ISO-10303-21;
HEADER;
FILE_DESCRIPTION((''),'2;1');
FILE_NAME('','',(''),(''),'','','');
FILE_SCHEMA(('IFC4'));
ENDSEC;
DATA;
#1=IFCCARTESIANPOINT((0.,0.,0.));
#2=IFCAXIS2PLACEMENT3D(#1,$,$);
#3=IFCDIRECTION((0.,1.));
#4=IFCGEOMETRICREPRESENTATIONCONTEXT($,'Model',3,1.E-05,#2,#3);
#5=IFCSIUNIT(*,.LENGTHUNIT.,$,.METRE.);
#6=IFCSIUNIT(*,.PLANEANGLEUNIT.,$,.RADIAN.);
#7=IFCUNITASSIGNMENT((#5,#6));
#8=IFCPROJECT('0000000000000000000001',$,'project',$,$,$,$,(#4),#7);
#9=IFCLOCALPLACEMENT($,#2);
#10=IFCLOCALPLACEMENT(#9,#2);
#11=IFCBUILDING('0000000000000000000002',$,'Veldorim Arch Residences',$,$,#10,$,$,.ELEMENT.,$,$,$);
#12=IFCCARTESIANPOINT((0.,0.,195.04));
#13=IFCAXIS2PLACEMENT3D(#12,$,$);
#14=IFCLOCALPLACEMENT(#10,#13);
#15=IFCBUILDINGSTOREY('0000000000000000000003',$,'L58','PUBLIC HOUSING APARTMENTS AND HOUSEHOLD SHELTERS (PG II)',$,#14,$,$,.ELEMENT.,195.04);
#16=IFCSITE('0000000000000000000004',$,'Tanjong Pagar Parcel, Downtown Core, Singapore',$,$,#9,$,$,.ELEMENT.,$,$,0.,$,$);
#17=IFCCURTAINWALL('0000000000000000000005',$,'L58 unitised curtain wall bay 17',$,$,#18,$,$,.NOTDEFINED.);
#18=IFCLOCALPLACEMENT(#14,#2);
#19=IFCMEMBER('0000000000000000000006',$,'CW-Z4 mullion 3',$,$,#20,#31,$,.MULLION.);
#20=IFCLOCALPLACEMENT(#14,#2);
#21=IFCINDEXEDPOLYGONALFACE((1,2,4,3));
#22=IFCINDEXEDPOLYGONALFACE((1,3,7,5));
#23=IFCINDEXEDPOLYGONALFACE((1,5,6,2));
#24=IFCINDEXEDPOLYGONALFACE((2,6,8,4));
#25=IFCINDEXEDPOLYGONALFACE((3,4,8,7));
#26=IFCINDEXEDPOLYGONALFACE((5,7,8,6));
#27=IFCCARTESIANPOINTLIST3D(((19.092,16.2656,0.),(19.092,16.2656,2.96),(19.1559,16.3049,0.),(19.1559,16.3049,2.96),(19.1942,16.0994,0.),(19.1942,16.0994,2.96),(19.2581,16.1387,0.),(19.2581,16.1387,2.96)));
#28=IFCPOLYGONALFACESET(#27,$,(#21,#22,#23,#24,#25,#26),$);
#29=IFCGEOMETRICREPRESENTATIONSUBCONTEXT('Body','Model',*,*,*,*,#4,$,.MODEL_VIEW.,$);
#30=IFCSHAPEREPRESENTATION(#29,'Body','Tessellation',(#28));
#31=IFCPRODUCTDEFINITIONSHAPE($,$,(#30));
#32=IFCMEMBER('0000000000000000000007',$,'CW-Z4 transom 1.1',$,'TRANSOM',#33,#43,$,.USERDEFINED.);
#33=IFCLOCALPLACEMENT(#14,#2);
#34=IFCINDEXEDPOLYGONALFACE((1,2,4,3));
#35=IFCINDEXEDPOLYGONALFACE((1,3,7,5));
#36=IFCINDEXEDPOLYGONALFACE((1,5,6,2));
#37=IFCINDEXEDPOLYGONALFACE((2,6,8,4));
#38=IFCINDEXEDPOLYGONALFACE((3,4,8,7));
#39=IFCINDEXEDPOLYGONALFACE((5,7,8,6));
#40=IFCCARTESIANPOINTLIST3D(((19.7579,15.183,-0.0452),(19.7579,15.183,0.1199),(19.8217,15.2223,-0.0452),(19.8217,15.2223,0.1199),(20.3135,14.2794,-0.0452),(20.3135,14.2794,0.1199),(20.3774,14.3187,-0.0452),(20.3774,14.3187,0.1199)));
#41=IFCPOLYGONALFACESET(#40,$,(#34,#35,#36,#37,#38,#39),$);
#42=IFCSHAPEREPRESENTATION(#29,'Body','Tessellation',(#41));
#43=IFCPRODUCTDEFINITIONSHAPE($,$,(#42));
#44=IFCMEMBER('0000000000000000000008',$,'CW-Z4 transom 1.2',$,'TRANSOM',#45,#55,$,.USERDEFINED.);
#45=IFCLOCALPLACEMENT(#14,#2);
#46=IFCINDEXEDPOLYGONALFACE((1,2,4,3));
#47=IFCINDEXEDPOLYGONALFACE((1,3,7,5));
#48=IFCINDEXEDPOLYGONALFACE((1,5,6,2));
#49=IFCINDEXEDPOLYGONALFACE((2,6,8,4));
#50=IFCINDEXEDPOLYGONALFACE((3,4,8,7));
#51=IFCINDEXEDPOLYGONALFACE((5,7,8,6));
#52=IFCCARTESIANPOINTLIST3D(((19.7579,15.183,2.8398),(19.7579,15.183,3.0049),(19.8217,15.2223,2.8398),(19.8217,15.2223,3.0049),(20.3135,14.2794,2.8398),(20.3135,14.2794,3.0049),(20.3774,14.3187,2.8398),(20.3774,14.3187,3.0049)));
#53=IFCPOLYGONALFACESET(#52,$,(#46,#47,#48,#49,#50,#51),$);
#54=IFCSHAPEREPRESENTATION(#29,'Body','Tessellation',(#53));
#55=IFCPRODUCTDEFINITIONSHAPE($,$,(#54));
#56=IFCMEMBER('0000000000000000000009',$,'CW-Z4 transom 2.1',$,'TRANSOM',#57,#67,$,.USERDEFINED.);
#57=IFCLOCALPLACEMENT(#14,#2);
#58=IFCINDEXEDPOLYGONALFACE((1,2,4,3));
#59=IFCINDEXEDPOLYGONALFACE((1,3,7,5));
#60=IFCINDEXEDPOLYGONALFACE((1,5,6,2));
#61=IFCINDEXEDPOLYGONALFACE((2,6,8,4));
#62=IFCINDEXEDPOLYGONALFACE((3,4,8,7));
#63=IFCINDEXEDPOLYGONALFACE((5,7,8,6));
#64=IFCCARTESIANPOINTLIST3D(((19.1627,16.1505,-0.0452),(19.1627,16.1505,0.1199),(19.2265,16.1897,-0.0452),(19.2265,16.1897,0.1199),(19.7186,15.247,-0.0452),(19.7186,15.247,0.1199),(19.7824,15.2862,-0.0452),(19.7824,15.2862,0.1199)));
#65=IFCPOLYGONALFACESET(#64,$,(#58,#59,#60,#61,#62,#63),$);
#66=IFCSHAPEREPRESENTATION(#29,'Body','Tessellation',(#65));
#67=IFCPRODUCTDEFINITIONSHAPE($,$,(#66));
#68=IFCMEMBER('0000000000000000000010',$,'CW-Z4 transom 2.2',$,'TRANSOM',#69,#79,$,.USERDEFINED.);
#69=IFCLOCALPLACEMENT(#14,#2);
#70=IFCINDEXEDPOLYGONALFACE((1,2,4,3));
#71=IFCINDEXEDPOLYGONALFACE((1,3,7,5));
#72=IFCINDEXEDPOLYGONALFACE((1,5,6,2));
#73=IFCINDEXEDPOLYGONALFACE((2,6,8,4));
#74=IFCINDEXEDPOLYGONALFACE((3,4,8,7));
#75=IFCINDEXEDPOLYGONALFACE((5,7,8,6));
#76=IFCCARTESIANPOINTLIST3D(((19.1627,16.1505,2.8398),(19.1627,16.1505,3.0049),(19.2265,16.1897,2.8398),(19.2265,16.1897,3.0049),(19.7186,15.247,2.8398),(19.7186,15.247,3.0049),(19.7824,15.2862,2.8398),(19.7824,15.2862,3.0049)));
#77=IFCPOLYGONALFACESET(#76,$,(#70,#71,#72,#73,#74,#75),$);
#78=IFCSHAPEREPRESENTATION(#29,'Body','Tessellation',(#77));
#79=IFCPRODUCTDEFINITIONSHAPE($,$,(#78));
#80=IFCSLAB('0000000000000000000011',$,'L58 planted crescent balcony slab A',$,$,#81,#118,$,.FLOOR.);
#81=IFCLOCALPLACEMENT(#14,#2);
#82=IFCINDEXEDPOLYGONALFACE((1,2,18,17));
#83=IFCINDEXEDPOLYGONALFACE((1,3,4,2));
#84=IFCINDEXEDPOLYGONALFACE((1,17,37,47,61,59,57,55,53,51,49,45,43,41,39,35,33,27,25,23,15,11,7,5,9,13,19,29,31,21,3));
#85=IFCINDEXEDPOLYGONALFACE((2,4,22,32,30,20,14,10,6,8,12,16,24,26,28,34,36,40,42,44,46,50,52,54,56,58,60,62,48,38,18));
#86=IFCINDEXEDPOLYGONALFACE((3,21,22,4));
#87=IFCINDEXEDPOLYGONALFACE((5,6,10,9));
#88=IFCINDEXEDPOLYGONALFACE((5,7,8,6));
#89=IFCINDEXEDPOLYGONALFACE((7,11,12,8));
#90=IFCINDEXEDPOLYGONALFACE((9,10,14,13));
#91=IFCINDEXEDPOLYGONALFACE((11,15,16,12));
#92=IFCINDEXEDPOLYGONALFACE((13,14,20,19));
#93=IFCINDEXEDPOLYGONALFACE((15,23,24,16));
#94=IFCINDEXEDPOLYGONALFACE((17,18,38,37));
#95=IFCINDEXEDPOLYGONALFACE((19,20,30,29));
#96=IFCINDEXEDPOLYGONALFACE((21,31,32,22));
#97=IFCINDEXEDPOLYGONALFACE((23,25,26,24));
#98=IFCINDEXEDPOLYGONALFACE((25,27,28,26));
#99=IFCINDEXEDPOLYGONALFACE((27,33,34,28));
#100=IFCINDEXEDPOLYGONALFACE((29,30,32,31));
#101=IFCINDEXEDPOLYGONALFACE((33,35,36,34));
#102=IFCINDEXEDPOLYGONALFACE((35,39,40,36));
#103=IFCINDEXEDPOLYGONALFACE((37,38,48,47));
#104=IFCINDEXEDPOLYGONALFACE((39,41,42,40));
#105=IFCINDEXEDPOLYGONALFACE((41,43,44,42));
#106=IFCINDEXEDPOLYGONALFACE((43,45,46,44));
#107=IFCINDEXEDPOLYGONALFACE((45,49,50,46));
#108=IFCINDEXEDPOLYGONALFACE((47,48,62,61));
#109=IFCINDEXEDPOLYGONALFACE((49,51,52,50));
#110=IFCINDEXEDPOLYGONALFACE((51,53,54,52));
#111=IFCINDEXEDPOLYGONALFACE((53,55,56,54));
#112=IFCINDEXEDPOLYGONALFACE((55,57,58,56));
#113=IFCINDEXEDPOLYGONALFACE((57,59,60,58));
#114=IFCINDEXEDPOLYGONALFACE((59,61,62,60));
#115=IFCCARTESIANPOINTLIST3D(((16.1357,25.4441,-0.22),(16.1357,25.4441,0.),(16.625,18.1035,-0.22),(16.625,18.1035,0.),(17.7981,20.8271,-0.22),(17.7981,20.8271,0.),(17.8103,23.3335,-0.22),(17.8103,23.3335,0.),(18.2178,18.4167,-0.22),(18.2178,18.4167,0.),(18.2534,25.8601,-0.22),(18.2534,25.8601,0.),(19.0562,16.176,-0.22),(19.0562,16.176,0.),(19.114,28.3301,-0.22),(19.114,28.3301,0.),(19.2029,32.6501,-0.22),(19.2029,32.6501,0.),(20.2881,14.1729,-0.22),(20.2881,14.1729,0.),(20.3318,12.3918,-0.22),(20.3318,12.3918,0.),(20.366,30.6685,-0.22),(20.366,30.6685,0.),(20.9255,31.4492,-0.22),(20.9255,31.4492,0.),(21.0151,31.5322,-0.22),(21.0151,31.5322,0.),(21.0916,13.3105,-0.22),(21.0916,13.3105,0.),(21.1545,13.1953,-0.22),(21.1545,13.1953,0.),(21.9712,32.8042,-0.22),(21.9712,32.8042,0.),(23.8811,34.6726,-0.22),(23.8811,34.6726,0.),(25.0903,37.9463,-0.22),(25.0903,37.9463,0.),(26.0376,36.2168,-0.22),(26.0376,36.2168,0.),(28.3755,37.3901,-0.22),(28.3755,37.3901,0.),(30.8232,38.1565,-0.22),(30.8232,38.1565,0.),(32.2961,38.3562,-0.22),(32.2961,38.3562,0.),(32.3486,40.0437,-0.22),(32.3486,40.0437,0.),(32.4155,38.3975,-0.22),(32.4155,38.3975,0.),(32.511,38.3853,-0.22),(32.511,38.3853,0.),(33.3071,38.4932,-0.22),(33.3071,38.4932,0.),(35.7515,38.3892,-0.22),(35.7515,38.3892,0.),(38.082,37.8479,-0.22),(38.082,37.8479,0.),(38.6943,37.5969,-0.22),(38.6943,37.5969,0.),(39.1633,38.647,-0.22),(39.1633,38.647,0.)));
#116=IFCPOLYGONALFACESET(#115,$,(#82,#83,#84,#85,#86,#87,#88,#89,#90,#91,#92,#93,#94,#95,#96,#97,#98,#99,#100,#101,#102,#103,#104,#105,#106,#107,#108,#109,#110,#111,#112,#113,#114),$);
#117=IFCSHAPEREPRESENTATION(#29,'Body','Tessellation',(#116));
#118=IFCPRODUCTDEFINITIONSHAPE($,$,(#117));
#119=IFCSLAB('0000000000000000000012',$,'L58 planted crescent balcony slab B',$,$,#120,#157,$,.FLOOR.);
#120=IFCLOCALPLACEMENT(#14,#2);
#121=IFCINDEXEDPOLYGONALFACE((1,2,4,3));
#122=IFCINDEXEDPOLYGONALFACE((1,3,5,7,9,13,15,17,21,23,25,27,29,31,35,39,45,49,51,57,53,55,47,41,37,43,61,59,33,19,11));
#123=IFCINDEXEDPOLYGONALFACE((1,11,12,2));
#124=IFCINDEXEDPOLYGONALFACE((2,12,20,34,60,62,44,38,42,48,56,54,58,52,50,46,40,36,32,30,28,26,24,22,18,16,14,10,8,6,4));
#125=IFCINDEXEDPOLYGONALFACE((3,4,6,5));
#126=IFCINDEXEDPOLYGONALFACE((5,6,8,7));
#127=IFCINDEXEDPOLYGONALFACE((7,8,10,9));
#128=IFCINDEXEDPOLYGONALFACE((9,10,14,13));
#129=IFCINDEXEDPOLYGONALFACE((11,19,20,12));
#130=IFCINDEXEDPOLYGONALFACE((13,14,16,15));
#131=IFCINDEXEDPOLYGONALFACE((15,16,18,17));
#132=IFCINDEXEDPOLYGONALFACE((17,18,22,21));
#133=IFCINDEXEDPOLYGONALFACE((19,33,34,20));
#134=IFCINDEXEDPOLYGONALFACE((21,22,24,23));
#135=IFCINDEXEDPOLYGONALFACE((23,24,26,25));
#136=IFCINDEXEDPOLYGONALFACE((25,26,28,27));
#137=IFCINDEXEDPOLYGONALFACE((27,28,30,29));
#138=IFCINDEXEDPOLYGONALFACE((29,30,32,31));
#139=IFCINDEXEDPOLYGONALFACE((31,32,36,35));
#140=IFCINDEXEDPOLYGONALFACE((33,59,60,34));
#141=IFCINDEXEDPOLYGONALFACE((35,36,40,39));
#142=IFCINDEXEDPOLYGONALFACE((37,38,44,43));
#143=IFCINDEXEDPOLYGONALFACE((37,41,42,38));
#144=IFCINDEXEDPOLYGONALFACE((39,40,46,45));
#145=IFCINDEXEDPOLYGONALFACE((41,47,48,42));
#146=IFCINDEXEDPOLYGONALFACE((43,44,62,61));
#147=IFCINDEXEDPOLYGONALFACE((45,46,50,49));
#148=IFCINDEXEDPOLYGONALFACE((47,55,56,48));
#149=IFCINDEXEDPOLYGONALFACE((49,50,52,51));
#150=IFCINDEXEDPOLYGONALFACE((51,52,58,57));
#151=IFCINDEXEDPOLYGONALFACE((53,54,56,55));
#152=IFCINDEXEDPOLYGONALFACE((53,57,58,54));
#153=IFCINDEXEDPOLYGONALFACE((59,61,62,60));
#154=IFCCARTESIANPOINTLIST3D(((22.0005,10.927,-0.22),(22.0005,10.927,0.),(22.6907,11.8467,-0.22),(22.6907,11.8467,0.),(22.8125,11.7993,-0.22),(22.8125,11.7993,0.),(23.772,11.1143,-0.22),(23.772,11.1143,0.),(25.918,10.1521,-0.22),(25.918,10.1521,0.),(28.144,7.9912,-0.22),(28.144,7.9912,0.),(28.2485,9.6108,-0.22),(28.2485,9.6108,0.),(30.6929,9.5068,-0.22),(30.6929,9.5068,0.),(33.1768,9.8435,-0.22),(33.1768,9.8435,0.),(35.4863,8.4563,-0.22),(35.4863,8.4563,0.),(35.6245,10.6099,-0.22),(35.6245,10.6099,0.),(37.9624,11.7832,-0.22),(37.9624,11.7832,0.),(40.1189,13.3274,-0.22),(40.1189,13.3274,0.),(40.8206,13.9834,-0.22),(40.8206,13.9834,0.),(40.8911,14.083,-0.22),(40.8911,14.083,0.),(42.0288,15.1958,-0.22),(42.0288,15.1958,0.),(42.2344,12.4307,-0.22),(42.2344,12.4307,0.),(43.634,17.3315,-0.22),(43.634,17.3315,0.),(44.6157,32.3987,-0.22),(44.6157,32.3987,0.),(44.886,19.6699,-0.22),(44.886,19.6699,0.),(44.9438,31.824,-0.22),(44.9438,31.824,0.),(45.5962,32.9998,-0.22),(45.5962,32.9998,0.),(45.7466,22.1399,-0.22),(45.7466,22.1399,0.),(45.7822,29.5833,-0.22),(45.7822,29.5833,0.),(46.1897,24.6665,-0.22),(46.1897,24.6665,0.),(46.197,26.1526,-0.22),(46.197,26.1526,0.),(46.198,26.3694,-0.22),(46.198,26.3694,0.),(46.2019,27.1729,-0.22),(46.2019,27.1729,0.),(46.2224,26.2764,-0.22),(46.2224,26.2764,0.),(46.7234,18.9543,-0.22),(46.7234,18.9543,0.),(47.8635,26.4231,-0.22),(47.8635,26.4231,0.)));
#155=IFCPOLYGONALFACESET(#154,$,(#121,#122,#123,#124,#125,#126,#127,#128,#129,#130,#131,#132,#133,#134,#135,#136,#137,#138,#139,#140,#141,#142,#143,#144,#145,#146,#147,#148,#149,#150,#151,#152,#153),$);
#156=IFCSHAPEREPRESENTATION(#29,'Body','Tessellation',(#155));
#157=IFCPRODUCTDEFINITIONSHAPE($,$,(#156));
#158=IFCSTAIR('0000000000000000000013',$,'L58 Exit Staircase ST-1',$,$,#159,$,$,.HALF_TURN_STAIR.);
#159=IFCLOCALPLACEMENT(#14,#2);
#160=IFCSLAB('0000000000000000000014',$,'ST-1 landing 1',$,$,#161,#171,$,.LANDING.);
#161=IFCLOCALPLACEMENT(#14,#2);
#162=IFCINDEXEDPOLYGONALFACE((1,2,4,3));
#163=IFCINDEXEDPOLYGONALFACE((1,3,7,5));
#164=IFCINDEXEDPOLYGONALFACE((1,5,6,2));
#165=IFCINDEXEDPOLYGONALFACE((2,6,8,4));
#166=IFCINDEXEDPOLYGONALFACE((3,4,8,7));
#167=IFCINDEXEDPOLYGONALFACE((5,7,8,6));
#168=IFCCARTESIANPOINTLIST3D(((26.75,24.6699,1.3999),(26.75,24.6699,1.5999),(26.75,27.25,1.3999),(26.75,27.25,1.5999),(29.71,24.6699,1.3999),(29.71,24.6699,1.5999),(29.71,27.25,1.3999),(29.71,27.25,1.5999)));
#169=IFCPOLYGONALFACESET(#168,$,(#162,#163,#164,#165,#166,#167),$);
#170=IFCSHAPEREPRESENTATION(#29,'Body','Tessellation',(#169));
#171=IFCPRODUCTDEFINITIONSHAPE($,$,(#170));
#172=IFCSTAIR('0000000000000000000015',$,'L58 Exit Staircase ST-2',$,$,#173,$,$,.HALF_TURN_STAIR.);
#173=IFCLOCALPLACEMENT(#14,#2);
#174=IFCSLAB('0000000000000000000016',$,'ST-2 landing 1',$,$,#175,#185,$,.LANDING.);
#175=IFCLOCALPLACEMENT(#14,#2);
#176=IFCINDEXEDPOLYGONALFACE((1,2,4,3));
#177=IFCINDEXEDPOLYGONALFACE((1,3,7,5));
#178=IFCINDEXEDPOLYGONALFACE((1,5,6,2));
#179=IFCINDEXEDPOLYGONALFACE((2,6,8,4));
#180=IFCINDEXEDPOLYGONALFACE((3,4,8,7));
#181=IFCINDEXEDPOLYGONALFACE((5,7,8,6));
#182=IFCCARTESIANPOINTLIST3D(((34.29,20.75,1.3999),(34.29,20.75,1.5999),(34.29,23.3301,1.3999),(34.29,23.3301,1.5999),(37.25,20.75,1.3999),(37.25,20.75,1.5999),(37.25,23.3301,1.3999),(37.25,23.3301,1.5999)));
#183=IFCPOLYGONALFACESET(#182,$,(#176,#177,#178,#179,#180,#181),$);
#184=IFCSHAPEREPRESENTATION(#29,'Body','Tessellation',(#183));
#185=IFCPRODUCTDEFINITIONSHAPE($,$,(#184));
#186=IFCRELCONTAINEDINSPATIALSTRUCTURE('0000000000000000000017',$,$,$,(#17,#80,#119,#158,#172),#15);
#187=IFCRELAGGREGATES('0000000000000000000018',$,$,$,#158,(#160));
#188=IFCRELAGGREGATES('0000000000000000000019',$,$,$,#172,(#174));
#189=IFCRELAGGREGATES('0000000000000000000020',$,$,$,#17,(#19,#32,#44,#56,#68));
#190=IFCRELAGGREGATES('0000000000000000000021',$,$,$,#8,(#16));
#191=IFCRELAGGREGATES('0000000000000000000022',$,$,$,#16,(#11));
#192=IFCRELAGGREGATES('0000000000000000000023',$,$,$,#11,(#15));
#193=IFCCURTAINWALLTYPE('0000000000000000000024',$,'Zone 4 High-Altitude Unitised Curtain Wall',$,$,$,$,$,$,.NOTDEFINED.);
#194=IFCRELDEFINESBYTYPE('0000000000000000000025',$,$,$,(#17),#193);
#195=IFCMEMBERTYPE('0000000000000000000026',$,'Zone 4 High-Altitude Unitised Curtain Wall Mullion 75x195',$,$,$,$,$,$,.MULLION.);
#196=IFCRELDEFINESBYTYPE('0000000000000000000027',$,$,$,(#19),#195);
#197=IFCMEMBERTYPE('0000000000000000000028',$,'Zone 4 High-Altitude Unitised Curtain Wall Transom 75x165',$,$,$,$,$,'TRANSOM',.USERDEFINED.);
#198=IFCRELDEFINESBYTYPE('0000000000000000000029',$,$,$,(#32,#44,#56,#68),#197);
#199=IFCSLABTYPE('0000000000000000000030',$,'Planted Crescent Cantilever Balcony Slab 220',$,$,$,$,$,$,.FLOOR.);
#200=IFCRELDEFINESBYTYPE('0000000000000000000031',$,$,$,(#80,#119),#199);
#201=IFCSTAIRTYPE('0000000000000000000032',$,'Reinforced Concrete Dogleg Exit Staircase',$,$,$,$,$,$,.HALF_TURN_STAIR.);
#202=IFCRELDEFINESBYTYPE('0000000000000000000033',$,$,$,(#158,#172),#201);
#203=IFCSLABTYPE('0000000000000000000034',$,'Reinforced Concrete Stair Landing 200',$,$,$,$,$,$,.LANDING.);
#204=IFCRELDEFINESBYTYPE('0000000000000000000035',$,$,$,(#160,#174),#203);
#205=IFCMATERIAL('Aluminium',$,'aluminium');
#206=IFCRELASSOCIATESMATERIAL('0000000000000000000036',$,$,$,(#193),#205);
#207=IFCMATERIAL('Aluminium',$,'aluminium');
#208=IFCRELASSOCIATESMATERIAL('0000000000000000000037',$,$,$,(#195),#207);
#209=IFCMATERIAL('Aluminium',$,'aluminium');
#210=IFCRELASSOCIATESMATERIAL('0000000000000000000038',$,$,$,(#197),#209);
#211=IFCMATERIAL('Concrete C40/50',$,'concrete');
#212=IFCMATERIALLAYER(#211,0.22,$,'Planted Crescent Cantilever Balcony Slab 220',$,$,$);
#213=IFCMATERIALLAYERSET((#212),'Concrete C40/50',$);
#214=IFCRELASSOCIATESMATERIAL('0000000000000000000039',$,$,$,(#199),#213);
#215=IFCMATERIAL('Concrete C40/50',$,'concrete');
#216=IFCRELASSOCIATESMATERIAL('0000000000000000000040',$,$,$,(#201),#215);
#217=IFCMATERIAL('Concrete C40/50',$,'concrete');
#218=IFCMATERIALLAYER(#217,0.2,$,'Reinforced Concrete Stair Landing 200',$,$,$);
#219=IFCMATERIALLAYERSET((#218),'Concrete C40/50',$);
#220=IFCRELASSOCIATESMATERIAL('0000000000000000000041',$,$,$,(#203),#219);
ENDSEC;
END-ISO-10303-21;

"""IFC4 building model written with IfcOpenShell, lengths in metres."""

from ifc_helpers import new_model, si_unit, direction, frame, origin, origin_2d, place, context, subcontext, project, spatial, polyline, rectangle, outline, extrude, material, layer, layer_set, material_profile, profile_set, type_object, element, aggregate, save


model = new_model("IFC4")

# Units and contexts
model_context = context("Model", 3, precision=1e-05, world=origin(), true_north=direction((0.0, 1.0)))
body_context = subcontext(model_context, "Body", "Model", "MODEL_VIEW")
ifc_project = project(units=[si_unit("LENGTHUNIT", "METRE"), si_unit("PLANEANGLEUNIT", "RADIAN")], contexts=[model_context])

# Site, building, storey
site_placement = place(None, origin())
site = spatial("IfcSite", under=ifc_project, at=site_placement, Name="Tanjong Pagar Parcel, Downtown Core, Singapore", CompositionType="ELEMENT", RefElevation=0.0)
building_placement = place(site_placement, origin())
building = spatial("IfcBuilding", under=site, at=building_placement, Name="Veldorim Arch Residences", CompositionType="ELEMENT")
storey_placement = place(building_placement, frame((0.0, 0.0, 195.04)))
storey = spatial("IfcBuildingStorey", under=building, at=storey_placement, Name="L58", Description="PUBLIC HOUSING APARTMENTS AND HOUSEHOLD SHELTERS (PG II)", CompositionType="ELEMENT", Elevation=195.04)

# Curtain wall, members
ifc_material_1 = material(Name="Aluminium", Category="aluminium")
curtain_wall_type = type_object("IfcCurtainWallType", Name="Zone 4 High-Altitude Unitised Curtain Wall", PredefinedType="NOTDEFINED", material=ifc_material_1)
curtain_wall_placement = place(storey_placement, origin())
curtain_wall = element("IfcCurtainWall", 1, at=curtain_wall_placement, inside=storey, type_object=curtain_wall_type, Name="L58 unitised curtain wall bay 17", PredefinedType="NOTDEFINED")
ifc_material_2 = material(Name="Aluminium", Category="aluminium")
ifc_material_profile_1 = material_profile(ifc_material_2, rectangle(XDim=0.075, YDim=0.1951, at=origin_2d()), Name="ALU_MUL_75x195")
ifc_profile_set_1 = profile_set([ifc_material_profile_1], Name="Aluminium")
member_type_1 = type_object("IfcMemberType", Name="Zone 4 High-Altitude Unitised Curtain Wall Mullion 75x195", PredefinedType="MULLION", material=ifc_profile_set_1)
member_1_placement = place(storey_placement, frame((19.175, 16.2021, 0.0), z_axis=(0.0, 0.0, 1.0), x_axis=(-0.851802, -0.523864, 0.0)))
member_1 = element("IfcMember", 2, at=member_1_placement, type_object=member_type_1, Name="CW-Z4 mullion 3", PredefinedType="MULLION", context=body_context, shape_type="SweptSolid", body=[
    extrude(rectangle(XDim=0.075, YDim=0.1951, at=origin_2d()), origin(), (0.0, 0.0, 1.0), 2.96),
])
ifc_material_3 = material(Name="Aluminium", Category="aluminium")
ifc_material_profile_2 = material_profile(ifc_material_3, rectangle(XDim=0.075, YDim=0.165, at=origin_2d()), Name="ALU_TRN_75x165")
ifc_profile_set_2 = profile_set([ifc_material_profile_2], Name="Aluminium")
member_type_2 = type_object("IfcMemberType", Name="Zone 4 High-Altitude Unitised Curtain Wall Transom 75x165", ElementType="TRANSOM", PredefinedType="USERDEFINED", material=ifc_profile_set_2)
member_2_placement = place(storey_placement, frame((20.3455, 14.2991, 0.0374), z_axis=(-0.523841, 0.851816, 0.0), x_axis=(-0.851816, -0.523841, 0.0)))
member_2 = element("IfcMember", 3, at=member_2_placement, type_object=member_type_2, Name="CW-Z4 transom 1.1", ObjectType="TRANSOM", PredefinedType="USERDEFINED", context=body_context, shape_type="SweptSolid", body=[
    extrude(rectangle(XDim=0.075, YDim=0.165, at=origin_2d()), origin(), (0.0, 0.0, 1.0), 1.0608),
])
member_3_placement = place(storey_placement, frame((20.3455, 14.2991, 2.9224), z_axis=(-0.523841, 0.851816, 0.0), x_axis=(-0.851816, -0.523841, 0.0)))
member_3 = element("IfcMember", 4, at=member_3_placement, type_object=member_type_2, Name="CW-Z4 transom 1.2", ObjectType="TRANSOM", PredefinedType="USERDEFINED", context=body_context, shape_type="SweptSolid", body=[
    extrude(rectangle(XDim=0.075, YDim=0.165, at=origin_2d()), origin(), (0.0, 0.0, 1.0), 1.0608),
])
member_4_placement = place(storey_placement, frame((19.7505, 15.2666, 0.0374), z_axis=(-0.524008, 0.851714, 0.0), x_axis=(-0.851714, -0.524008, 0.0)))
member_4 = element("IfcMember", 5, at=member_4_placement, type_object=member_type_2, Name="CW-Z4 transom 2.1", ObjectType="TRANSOM", PredefinedType="USERDEFINED", context=body_context, shape_type="SweptSolid", body=[
    extrude(rectangle(XDim=0.075, YDim=0.165, at=origin_2d()), origin(), (0.0, 0.0, 1.0), 1.0608),
])
member_5_placement = place(storey_placement, frame((19.7505, 15.2666, 2.9224), z_axis=(-0.524008, 0.851714, 0.0), x_axis=(-0.851714, -0.524008, 0.0)))
member_5 = element("IfcMember", 6, at=member_5_placement, type_object=member_type_2, Name="CW-Z4 transom 2.2", ObjectType="TRANSOM", PredefinedType="USERDEFINED", context=body_context, shape_type="SweptSolid", body=[
    extrude(rectangle(XDim=0.075, YDim=0.165, at=origin_2d()), origin(), (0.0, 0.0, 1.0), 1.0608),
])

# Slabs
ifc_material_4 = material(Name="Concrete C40/50", Category="concrete")
ifc_layer_1 = layer(ifc_material_4, 0.22, Name="Planted Crescent Cantilever Balcony Slab 220")
ifc_layer_set_1 = layer_set([ifc_layer_1], Name="Concrete C40/50")
slab_type_1 = type_object("IfcSlabType", Name="Planted Crescent Cantilever Balcony Slab 220", PredefinedType="FLOOR", material=ifc_layer_set_1)
slab_1_placement = place(storey_placement, frame((0.0, 0.0, -0.22)))
element("IfcSlab", 7, at=slab_1_placement, inside=storey, type_object=slab_type_1, Name="L58 planted crescent balcony slab A", PredefinedType="FLOOR", context=body_context, shape_type="SweptSolid", body=[
    extrude(outline(polyline([(38.6943, 37.5969), (38.082, 37.8479), (35.7515, 38.3892), (33.3071, 38.4932), (32.511, 38.3853), (32.4155, 38.3975), (32.2961, 38.3562), (30.8232, 38.1565), (28.3755, 37.3901), (26.0376, 36.2168), (23.8811, 34.6726), (21.9712, 32.8042), (21.0151, 31.5322), (20.9255, 31.4492), (20.366, 30.6685), (19.114, 28.3301), (18.2534, 25.8601), (17.8103, 23.3335), (17.7981, 20.8271), (18.2178, 18.4167), (19.0562, 16.176), (20.2881, 14.1729), (21.0916, 13.3105), (21.1545, 13.1953), (20.3318, 12.3918), (16.625, 18.1035), (16.1357, 25.4441), (19.2029, 32.6501), (25.0903, 37.9463), (32.3486, 40.0437), (39.1633, 38.647), (38.6943, 37.5969)])), origin(), (0.0, 0.0, 1.0), 0.22),
])
slab_2_placement = place(storey_placement, frame((0.0, 0.0, -0.22)))
element("IfcSlab", 8, at=slab_2_placement, inside=storey, type_object=slab_type_1, Name="L58 planted crescent balcony slab B", PredefinedType="FLOOR", context=body_context, shape_type="SweptSolid", body=[
    extrude(outline(polyline([(22.8125, 11.7993), (23.772, 11.1143), (25.918, 10.1521), (28.2485, 9.6108), (30.6929, 9.5068), (33.1768, 9.8435), (35.6245, 10.6099), (37.9624, 11.7832), (40.1189, 13.3274), (40.8206, 13.9834), (40.8911, 14.083), (42.0288, 15.1958), (43.634, 17.3315), (44.886, 19.6699), (45.7466, 22.1399), (46.1897, 24.6665), (46.197, 26.1526), (46.2224, 26.2764), (46.198, 26.3694), (46.2019, 27.1729), (45.7822, 29.5833), (44.9438, 31.824), (44.6157, 32.3987), (45.5962, 32.9998), (47.8635, 26.4231), (46.7234, 18.9543), (42.2344, 12.4307), (35.4863, 8.4563), (28.144, 7.9912), (22.0005, 10.927), (22.6907, 11.8467), (22.8125, 11.7993)])), origin(), (0.0, 0.0, 1.0), 0.22),
])

# Stairs, slabs
ifc_material_5 = material(Name="Concrete C40/50", Category="concrete")
stair_type = type_object("IfcStairType", Name="Reinforced Concrete Dogleg Exit Staircase", PredefinedType="HALF_TURN_STAIR", material=ifc_material_5)
stair_1_placement = place(storey_placement, origin())
stair_1 = element("IfcStair", 9, at=stair_1_placement, inside=storey, type_object=stair_type, Name="L58 Exit Staircase ST-1", PredefinedType="HALF_TURN_STAIR")
ifc_material_6 = material(Name="Concrete C40/50", Category="concrete")
ifc_layer_2 = layer(ifc_material_6, 0.2, Name="Reinforced Concrete Stair Landing 200")
ifc_layer_set_2 = layer_set([ifc_layer_2], Name="Concrete C40/50")
slab_type_2 = type_object("IfcSlabType", Name="Reinforced Concrete Stair Landing 200", PredefinedType="LANDING", material=ifc_layer_set_2)
slab_3_placement = place(storey_placement, frame((0.0, 0.0, 1.3999)))
slab_3 = element("IfcSlab", 10, at=slab_3_placement, type_object=slab_type_2, Name="ST-1 landing 1", PredefinedType="LANDING", context=body_context, shape_type="SweptSolid", body=[
    extrude(outline(polyline([(29.71, 24.6699), (29.71, 27.25), (26.75, 27.25), (26.75, 24.6699), (29.71, 24.6699)])), origin(), (0.0, 0.0, 1.0), 0.2),
])
aggregate(stair_1, [slab_3])
stair_2_placement = place(storey_placement, origin())
stair_2 = element("IfcStair", 11, at=stair_2_placement, inside=storey, type_object=stair_type, Name="L58 Exit Staircase ST-2", PredefinedType="HALF_TURN_STAIR")
slab_4_placement = place(storey_placement, frame((0.0, 0.0, 1.3999)))
slab_4 = element("IfcSlab", 12, at=slab_4_placement, type_object=slab_type_2, Name="ST-2 landing 1", PredefinedType="LANDING", context=body_context, shape_type="SweptSolid", body=[
    extrude(outline(polyline([(34.29, 23.3301), (34.29, 20.75), (37.25, 20.75), (37.25, 23.3301), (34.29, 23.3301)])), origin(), (0.0, 0.0, 1.0), 0.2),
])
aggregate(stair_2, [slab_4])

aggregate(curtain_wall, [member_1, member_2, member_3, member_4, member_5])

save(model, "model.ifc")
